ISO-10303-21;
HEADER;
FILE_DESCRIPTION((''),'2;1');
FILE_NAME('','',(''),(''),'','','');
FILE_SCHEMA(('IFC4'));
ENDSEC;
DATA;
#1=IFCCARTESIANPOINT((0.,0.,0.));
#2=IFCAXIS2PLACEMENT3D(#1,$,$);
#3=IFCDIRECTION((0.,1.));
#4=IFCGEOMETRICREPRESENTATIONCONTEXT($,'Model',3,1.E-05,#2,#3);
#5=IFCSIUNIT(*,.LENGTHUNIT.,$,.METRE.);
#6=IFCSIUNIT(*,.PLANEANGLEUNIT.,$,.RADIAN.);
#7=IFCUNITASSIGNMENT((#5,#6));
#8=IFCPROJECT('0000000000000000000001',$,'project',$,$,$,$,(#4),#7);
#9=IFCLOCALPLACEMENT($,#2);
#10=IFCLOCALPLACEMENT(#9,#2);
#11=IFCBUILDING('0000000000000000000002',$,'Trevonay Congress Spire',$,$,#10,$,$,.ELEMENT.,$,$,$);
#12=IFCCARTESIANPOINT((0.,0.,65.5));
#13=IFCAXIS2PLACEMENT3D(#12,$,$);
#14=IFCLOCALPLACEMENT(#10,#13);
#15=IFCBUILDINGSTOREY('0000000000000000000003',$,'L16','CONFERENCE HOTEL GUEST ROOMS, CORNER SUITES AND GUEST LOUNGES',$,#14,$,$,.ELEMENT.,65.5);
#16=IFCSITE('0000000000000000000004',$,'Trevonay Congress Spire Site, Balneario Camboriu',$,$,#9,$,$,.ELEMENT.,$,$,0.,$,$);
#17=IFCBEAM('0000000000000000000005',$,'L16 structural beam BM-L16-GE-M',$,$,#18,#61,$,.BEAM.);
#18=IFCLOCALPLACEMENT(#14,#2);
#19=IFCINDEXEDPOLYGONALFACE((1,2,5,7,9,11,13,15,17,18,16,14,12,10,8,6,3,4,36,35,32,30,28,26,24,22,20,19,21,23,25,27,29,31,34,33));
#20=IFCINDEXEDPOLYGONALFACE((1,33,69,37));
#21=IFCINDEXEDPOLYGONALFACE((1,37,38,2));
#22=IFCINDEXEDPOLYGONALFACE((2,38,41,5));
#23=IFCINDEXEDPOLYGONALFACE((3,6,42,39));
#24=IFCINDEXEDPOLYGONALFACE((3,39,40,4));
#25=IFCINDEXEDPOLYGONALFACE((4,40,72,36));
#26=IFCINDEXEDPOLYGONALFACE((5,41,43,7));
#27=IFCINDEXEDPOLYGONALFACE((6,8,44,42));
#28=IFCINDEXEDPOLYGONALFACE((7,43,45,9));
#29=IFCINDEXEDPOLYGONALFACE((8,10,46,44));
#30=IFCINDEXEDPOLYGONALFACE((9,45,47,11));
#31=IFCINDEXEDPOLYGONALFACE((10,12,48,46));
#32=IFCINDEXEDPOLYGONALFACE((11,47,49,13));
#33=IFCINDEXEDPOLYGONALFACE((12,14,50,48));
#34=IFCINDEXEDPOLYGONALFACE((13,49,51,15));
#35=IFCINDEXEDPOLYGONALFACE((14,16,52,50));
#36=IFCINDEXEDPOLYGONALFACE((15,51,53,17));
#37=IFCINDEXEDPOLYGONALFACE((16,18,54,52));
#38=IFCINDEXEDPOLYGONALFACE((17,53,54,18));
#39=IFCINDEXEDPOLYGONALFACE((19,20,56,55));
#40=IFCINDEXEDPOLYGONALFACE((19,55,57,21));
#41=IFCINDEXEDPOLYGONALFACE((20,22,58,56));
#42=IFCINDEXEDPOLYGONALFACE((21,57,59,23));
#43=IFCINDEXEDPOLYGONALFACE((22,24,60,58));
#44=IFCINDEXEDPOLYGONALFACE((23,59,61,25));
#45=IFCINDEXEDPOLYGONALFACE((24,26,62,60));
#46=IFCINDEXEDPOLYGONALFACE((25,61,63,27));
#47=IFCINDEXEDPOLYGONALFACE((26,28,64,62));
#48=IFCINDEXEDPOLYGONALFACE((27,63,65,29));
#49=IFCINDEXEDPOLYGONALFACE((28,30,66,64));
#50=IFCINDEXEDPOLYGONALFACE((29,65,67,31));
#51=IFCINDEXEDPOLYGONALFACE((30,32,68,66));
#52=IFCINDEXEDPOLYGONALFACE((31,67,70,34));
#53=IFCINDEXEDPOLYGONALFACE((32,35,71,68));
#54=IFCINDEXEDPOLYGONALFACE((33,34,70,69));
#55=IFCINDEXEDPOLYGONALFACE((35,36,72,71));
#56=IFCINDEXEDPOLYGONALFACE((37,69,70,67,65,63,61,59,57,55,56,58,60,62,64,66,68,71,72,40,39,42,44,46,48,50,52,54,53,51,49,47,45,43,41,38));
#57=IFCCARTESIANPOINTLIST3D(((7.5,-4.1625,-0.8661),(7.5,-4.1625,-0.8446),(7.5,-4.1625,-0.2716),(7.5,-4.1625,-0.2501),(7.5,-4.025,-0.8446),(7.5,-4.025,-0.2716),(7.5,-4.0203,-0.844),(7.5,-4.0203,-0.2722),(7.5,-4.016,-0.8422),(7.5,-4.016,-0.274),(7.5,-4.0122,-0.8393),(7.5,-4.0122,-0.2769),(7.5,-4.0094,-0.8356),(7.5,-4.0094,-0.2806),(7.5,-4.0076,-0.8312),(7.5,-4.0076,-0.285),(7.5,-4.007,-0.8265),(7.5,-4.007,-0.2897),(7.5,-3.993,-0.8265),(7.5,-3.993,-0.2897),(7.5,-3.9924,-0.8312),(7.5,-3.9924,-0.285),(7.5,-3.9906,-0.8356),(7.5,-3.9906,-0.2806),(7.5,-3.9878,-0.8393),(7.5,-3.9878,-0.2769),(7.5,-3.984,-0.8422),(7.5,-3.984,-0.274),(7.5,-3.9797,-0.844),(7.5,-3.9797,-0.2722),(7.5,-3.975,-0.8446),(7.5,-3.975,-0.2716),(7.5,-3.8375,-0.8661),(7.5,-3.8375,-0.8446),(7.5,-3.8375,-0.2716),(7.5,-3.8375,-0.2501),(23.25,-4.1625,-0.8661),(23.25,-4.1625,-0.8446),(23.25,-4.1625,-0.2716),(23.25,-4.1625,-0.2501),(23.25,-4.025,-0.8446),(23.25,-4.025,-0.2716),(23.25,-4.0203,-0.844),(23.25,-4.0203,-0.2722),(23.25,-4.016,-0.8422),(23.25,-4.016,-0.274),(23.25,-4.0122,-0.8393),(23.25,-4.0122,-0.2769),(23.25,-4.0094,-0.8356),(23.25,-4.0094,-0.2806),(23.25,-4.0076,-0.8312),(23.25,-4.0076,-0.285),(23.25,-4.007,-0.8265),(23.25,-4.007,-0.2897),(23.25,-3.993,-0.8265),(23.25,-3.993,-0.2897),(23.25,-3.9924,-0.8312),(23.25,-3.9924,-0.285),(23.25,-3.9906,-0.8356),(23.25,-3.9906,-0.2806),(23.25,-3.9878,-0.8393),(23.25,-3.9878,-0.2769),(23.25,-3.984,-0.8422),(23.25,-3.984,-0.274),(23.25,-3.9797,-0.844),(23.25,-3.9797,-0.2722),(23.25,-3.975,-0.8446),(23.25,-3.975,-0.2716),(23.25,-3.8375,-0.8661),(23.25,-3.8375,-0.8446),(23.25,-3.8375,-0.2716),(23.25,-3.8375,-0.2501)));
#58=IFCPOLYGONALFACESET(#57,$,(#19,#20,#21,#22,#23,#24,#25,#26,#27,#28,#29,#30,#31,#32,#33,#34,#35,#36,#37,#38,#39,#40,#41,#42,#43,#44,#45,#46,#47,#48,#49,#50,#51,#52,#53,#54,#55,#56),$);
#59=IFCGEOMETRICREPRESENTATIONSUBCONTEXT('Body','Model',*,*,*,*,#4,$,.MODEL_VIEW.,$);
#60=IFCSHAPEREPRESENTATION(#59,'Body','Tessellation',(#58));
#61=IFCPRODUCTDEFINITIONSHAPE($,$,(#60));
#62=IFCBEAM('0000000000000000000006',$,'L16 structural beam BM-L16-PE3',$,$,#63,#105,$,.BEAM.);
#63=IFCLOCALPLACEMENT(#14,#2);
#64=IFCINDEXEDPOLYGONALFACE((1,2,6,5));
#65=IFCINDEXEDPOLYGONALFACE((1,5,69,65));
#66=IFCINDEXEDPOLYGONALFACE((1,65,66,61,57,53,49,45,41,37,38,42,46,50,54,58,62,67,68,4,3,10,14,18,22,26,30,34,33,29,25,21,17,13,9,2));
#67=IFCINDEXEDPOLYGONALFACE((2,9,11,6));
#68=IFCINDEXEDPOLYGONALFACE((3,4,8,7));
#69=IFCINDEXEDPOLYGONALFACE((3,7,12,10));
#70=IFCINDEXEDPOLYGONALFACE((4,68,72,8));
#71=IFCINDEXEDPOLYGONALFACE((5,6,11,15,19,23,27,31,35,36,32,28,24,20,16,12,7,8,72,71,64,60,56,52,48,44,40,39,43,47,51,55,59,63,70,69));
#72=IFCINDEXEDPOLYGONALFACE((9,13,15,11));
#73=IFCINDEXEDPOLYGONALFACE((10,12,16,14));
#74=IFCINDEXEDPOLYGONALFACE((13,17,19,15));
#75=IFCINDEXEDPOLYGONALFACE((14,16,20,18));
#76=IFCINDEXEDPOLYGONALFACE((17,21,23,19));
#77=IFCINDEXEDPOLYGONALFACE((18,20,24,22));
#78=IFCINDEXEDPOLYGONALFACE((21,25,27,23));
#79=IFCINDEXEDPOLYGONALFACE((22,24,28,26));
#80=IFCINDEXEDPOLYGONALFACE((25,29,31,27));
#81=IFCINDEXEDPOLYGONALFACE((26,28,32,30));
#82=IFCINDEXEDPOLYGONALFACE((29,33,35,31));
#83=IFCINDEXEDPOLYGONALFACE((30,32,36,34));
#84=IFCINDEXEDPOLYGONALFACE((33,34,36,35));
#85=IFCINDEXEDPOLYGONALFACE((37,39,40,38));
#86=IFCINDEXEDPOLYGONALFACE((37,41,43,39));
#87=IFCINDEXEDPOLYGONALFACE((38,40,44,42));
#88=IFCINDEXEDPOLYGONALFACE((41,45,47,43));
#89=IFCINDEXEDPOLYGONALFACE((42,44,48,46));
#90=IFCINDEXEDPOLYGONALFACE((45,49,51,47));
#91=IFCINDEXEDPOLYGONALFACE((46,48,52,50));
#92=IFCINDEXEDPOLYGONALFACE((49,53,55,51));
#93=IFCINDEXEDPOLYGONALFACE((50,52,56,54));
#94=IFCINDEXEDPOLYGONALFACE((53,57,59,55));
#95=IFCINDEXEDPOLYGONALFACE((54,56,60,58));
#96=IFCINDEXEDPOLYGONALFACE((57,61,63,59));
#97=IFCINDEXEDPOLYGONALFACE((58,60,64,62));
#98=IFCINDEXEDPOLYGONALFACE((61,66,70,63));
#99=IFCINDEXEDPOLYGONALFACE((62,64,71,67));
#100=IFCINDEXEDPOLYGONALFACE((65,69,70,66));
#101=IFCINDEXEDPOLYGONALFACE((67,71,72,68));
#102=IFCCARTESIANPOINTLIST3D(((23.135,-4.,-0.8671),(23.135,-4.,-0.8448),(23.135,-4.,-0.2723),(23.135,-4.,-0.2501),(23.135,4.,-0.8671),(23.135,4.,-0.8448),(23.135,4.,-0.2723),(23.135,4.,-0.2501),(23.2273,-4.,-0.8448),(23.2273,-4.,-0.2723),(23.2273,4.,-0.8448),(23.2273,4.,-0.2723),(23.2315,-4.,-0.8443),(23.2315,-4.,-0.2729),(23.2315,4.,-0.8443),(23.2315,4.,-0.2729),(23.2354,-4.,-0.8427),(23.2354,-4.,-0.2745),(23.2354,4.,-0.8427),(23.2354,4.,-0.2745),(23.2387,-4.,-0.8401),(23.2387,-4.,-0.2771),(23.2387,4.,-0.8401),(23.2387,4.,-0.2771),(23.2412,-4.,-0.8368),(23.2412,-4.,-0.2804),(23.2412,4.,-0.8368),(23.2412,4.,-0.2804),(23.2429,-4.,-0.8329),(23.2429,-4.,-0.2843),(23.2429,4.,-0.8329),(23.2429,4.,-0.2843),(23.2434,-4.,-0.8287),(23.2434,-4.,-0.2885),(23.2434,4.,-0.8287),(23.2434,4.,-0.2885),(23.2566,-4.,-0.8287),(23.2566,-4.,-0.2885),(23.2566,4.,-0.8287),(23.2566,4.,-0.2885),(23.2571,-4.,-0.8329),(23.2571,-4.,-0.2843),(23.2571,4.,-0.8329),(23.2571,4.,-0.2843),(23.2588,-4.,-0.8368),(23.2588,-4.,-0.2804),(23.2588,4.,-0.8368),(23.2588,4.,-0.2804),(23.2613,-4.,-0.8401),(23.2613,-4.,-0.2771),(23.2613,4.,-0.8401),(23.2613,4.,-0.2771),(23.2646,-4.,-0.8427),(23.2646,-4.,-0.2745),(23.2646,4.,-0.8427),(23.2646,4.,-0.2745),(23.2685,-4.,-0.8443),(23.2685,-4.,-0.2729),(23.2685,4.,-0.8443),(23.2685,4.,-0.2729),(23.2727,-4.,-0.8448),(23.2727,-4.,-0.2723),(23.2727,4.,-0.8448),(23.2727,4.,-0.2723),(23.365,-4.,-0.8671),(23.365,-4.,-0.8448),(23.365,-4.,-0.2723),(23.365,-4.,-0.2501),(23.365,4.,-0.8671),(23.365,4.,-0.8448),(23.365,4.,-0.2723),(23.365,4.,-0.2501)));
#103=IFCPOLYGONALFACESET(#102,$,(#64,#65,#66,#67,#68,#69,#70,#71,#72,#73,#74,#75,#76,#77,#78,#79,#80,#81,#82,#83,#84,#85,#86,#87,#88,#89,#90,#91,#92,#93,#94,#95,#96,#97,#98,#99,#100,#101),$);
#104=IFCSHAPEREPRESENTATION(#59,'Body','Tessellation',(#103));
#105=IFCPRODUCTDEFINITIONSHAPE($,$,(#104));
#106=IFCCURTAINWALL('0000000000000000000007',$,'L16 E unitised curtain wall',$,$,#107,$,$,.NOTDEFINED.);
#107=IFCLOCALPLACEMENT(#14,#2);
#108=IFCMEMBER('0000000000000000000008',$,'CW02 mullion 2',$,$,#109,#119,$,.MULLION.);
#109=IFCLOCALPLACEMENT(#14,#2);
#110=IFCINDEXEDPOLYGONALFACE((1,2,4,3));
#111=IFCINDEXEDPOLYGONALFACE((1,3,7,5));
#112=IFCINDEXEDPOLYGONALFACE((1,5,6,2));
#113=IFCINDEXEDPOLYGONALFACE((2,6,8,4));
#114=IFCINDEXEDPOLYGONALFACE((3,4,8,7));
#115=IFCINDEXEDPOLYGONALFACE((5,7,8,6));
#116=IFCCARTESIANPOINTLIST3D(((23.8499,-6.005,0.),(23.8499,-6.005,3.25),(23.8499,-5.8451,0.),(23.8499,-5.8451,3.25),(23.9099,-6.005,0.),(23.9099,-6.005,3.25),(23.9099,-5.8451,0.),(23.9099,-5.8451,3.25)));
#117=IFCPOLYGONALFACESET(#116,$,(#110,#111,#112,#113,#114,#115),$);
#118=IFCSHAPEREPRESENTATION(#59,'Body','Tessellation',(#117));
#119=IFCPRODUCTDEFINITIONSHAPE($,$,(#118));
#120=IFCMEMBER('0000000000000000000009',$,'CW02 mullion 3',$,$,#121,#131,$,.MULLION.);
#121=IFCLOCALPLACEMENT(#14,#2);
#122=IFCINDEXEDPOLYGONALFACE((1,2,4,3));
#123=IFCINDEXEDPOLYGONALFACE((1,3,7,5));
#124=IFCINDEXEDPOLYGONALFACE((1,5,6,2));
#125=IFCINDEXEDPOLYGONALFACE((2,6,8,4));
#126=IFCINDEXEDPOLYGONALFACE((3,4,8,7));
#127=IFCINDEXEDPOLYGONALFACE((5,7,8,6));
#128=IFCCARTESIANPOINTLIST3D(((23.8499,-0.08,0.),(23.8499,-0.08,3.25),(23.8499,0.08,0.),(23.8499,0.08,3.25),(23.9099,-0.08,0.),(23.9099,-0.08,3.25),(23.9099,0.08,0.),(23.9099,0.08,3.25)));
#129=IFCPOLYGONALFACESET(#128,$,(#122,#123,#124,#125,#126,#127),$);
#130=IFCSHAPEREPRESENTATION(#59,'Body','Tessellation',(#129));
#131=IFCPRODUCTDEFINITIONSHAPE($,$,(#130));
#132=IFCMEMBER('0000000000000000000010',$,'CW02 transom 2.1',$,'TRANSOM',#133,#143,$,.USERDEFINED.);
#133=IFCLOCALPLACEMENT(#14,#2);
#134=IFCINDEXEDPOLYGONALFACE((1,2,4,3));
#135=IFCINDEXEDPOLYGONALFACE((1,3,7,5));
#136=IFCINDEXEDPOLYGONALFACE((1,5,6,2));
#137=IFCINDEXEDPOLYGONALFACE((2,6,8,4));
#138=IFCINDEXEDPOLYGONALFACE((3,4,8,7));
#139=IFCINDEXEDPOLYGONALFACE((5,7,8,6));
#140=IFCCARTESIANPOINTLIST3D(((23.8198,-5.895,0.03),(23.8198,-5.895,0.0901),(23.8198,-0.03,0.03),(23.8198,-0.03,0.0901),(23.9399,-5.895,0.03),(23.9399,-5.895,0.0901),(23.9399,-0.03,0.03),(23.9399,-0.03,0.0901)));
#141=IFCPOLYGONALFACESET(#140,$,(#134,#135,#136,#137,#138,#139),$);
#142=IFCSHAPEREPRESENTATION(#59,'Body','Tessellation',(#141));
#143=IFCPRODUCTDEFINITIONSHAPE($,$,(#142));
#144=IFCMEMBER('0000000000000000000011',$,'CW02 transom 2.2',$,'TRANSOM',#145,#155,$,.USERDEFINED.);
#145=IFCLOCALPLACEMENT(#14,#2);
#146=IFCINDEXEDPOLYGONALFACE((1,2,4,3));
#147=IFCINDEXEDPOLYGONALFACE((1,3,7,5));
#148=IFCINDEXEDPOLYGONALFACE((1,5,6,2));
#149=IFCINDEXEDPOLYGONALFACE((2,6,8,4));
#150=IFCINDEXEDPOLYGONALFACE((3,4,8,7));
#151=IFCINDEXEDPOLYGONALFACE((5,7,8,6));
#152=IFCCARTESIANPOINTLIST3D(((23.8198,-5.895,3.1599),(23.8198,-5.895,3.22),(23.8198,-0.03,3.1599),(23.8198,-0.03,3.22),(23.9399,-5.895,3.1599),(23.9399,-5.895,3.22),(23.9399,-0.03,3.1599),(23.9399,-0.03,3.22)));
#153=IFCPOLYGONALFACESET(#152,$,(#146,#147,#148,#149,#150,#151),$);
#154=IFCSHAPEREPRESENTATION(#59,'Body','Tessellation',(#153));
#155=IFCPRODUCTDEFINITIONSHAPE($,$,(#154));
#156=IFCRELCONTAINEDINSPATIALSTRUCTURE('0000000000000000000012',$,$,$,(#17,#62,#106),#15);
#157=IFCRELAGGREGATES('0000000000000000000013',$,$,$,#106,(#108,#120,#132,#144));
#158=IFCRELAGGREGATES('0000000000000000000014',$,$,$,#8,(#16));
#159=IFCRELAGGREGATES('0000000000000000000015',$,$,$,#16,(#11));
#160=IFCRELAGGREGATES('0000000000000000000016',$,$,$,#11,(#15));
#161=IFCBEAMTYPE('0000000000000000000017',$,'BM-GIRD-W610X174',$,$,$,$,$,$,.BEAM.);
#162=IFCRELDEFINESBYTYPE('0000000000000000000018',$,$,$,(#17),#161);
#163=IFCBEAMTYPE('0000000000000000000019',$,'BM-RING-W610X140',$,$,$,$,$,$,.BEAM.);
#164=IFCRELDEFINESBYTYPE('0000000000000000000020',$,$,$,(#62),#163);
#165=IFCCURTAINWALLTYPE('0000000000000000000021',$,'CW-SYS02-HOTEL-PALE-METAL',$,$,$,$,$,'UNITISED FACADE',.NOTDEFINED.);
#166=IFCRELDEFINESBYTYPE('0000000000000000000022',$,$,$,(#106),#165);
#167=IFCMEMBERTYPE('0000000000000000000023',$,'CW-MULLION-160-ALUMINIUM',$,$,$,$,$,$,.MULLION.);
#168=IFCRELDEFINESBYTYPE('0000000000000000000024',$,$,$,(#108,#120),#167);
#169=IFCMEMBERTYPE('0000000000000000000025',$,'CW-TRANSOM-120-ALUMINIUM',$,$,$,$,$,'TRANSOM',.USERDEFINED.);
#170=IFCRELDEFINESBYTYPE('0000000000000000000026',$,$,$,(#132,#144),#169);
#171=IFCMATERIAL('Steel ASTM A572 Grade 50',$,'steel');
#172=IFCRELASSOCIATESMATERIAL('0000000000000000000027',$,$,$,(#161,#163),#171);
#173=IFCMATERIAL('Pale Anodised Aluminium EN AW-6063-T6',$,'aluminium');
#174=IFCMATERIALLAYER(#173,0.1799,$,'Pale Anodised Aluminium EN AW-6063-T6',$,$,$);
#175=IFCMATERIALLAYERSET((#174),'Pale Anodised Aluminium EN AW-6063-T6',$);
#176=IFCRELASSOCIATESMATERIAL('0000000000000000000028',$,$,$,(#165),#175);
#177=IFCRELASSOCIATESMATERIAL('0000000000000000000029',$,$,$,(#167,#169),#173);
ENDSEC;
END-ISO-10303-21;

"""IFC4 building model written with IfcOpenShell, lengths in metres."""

from ifc_helpers import new_model, si_unit, direction, frame, origin, origin_2d, place, context, subcontext, project, spatial, rectangle, i_section, extrude, material, layer, layer_set, material_profile, profile_set, type_object, element, aggregate, save


model = new_model("IFC4")

# Units and contexts
model_context = context("Model", 3, precision=1e-05, world=origin(), true_north=direction((0.0, 1.0)))
body_context = subcontext(model_context, "Body", "Model", "MODEL_VIEW")
ifc_project = project(units=[si_unit("LENGTHUNIT", "METRE"), si_unit("PLANEANGLEUNIT", "RADIAN")], contexts=[model_context])

# Site, building, storey
site_placement = place(None, origin())
site = spatial("IfcSite", under=ifc_project, at=site_placement, Name="Trevonay Congress Spire Site, Balneario Camboriu", CompositionType="ELEMENT", RefElevation=0.0)
building_placement = place(site_placement, origin())
building = spatial("IfcBuilding", under=site, at=building_placement, Name="Trevonay Congress Spire", CompositionType="ELEMENT")
storey_placement = place(building_placement, frame((0.0, 0.0, 65.5)))
storey = spatial("IfcBuildingStorey", under=building, at=storey_placement, Name="L16", Description="CONFERENCE HOTEL GUEST ROOMS, CORNER SUITES AND GUEST LOUNGES", CompositionType="ELEMENT", Elevation=65.5)

# Shared definitions
ifc_material_1 = material(Name="Steel ASTM A572 Grade 50", Category="steel")

# Beams
ifc_material_profile_1 = material_profile(ifc_material_1, i_section(OverallWidth=0.325, OverallDepth=0.616, WebThickness=0.0139, FlangeThickness=0.0215, FilletRadius=0.0181, at=origin_2d()), Name="W610x174")
ifc_profile_set_1 = profile_set([ifc_material_profile_1], Name="Steel ASTM A572 Grade 50")
beam_type_1 = type_object("IfcBeamType", Name="BM-GIRD-W610X174", PredefinedType="BEAM", material=ifc_profile_set_1)
beam_1_placement = place(storey_placement, frame((7.5, -4.0, -0.5581), z_axis=(1.0, 0.0, 0.0), x_axis=(0.0, 1.0, 0.0)))
element("IfcBeam", 1, at=beam_1_placement, inside=storey, type_object=beam_type_1, Name="L16 structural beam BM-L16-GE-M", PredefinedType="BEAM", context=body_context, shape_type="SweptSolid", body=[
    extrude(i_section(OverallWidth=0.325, OverallDepth=0.616, WebThickness=0.0139, FlangeThickness=0.0215, FilletRadius=0.0181, at=origin_2d()), origin(), (0.0, 0.0, 1.0), 15.75),
])
ifc_material_profile_2 = material_profile(ifc_material_1, i_section(OverallWidth=0.23, OverallDepth=0.6169, WebThickness=0.0132, FlangeThickness=0.0222, FilletRadius=0.0161, at=origin_2d()), Name="W610x140")
ifc_profile_set_2 = profile_set([ifc_material_profile_2], Name="Steel ASTM A572 Grade 50")
beam_type_2 = type_object("IfcBeamType", Name="BM-RING-W610X140", PredefinedType="BEAM", material=ifc_profile_set_2)
beam_2_placement = place(storey_placement, frame((23.25, -4.0, -0.5586), z_axis=(0.0, 1.0, 0.0), x_axis=(-1.0, 0.0, 0.0)))
element("IfcBeam", 2, at=beam_2_placement, inside=storey, type_object=beam_type_2, Name="L16 structural beam BM-L16-PE3", PredefinedType="BEAM", context=body_context, shape_type="SweptSolid", body=[
    extrude(i_section(OverallWidth=0.23, OverallDepth=0.6169, WebThickness=0.0132, FlangeThickness=0.0222, FilletRadius=0.0161, at=origin_2d()), origin(), (0.0, 0.0, 1.0), 8.0),
])

# Curtain wall, members
ifc_material_2 = material(Name="Pale Anodised Aluminium EN AW-6063-T6", Category="aluminium")
ifc_layer_1 = layer(ifc_material_2, 0.1799, Name="Pale Anodised Aluminium EN AW-6063-T6")
ifc_layer_set_1 = layer_set([ifc_layer_1], Name="Pale Anodised Aluminium EN AW-6063-T6")
curtain_wall_type = type_object("IfcCurtainWallType", Name="CW-SYS02-HOTEL-PALE-METAL", ElementType="UNITISED FACADE", PredefinedType="NOTDEFINED", material=ifc_layer_set_1)
curtain_wall_placement = place(storey_placement, origin())
curtain_wall = element("IfcCurtainWall", 3, at=curtain_wall_placement, inside=storey, type_object=curtain_wall_type, Name="L16 E unitised curtain wall", PredefinedType="NOTDEFINED")
ifc_material_profile_3 = material_profile(ifc_material_2, rectangle(XDim=0.0601, YDim=0.1599, at=origin_2d()), Name="CW-MULLION-160-ALUMINIUM")
ifc_profile_set_3 = profile_set([ifc_material_profile_3], Name="Pale Anodised Aluminium EN AW-6063-T6")
member_type_1 = type_object("IfcMemberType", Name="CW-MULLION-160-ALUMINIUM", PredefinedType="MULLION", material=ifc_profile_set_3)
member_1_placement = place(storey_placement, frame((23.8799, -5.925, 0.0), z_axis=(0.0, 0.0, 1.0), x_axis=(-1.0, 0.0, 0.0)))
member_1 = element("IfcMember", 4, at=member_1_placement, type_object=member_type_1, Name="CW02 mullion 2", PredefinedType="MULLION", context=body_context, shape_type="SweptSolid", body=[
    extrude(rectangle(XDim=0.0601, YDim=0.1599, at=origin_2d()), origin(), (0.0, 0.0, 1.0), 3.25),
])
member_2_placement = place(storey_placement, frame((23.8799, 0.0, 0.0), z_axis=(0.0, 0.0, 1.0), x_axis=(-1.0, 0.0, 0.0)))
member_2 = element("IfcMember", 5, at=member_2_placement, type_object=member_type_1, Name="CW02 mullion 3", PredefinedType="MULLION", context=body_context, shape_type="SweptSolid", body=[
    extrude(rectangle(XDim=0.0601, YDim=0.1599, at=origin_2d()), origin(), (0.0, 0.0, 1.0), 3.25),
])
ifc_material_profile_4 = material_profile(ifc_material_2, rectangle(XDim=0.1201, YDim=0.0601, at=origin_2d()), Name="CW-TRANSOM-120-ALUMINIUM")
ifc_profile_set_4 = profile_set([ifc_material_profile_4], Name="Pale Anodised Aluminium EN AW-6063-T6")
member_type_2 = type_object("IfcMemberType", Name="CW-TRANSOM-120-ALUMINIUM", ElementType="TRANSOM", PredefinedType="USERDEFINED", material=ifc_profile_set_4)
member_3_placement = place(storey_placement, frame((23.8799, -5.895, 0.0601), z_axis=(0.0, 1.0, 0.0), x_axis=(-1.0, 0.0, 0.0)))
member_3 = element("IfcMember", 6, at=member_3_placement, type_object=member_type_2, Name="CW02 transom 2.1", ObjectType="TRANSOM", PredefinedType="USERDEFINED", context=body_context, shape_type="SweptSolid", body=[
    extrude(rectangle(XDim=0.1201, YDim=0.0601, at=origin_2d()), origin(), (0.0, 0.0, 1.0), 5.865),
])
member_4_placement = place(storey_placement, frame((23.8799, -5.895, 3.1899), z_axis=(0.0, 1.0, 0.0), x_axis=(-1.0, 0.0, 0.0)))
member_4 = element("IfcMember", 7, at=member_4_placement, type_object=member_type_2, Name="CW02 transom 2.2", ObjectType="TRANSOM", PredefinedType="USERDEFINED", context=body_context, shape_type="SweptSolid", body=[
    extrude(rectangle(XDim=0.1201, YDim=0.0601, at=origin_2d()), origin(), (0.0, 0.0, 1.0), 5.865),
])

aggregate(curtain_wall, [member_1, member_2, member_3, member_4])

save(model, "model.ifc")
